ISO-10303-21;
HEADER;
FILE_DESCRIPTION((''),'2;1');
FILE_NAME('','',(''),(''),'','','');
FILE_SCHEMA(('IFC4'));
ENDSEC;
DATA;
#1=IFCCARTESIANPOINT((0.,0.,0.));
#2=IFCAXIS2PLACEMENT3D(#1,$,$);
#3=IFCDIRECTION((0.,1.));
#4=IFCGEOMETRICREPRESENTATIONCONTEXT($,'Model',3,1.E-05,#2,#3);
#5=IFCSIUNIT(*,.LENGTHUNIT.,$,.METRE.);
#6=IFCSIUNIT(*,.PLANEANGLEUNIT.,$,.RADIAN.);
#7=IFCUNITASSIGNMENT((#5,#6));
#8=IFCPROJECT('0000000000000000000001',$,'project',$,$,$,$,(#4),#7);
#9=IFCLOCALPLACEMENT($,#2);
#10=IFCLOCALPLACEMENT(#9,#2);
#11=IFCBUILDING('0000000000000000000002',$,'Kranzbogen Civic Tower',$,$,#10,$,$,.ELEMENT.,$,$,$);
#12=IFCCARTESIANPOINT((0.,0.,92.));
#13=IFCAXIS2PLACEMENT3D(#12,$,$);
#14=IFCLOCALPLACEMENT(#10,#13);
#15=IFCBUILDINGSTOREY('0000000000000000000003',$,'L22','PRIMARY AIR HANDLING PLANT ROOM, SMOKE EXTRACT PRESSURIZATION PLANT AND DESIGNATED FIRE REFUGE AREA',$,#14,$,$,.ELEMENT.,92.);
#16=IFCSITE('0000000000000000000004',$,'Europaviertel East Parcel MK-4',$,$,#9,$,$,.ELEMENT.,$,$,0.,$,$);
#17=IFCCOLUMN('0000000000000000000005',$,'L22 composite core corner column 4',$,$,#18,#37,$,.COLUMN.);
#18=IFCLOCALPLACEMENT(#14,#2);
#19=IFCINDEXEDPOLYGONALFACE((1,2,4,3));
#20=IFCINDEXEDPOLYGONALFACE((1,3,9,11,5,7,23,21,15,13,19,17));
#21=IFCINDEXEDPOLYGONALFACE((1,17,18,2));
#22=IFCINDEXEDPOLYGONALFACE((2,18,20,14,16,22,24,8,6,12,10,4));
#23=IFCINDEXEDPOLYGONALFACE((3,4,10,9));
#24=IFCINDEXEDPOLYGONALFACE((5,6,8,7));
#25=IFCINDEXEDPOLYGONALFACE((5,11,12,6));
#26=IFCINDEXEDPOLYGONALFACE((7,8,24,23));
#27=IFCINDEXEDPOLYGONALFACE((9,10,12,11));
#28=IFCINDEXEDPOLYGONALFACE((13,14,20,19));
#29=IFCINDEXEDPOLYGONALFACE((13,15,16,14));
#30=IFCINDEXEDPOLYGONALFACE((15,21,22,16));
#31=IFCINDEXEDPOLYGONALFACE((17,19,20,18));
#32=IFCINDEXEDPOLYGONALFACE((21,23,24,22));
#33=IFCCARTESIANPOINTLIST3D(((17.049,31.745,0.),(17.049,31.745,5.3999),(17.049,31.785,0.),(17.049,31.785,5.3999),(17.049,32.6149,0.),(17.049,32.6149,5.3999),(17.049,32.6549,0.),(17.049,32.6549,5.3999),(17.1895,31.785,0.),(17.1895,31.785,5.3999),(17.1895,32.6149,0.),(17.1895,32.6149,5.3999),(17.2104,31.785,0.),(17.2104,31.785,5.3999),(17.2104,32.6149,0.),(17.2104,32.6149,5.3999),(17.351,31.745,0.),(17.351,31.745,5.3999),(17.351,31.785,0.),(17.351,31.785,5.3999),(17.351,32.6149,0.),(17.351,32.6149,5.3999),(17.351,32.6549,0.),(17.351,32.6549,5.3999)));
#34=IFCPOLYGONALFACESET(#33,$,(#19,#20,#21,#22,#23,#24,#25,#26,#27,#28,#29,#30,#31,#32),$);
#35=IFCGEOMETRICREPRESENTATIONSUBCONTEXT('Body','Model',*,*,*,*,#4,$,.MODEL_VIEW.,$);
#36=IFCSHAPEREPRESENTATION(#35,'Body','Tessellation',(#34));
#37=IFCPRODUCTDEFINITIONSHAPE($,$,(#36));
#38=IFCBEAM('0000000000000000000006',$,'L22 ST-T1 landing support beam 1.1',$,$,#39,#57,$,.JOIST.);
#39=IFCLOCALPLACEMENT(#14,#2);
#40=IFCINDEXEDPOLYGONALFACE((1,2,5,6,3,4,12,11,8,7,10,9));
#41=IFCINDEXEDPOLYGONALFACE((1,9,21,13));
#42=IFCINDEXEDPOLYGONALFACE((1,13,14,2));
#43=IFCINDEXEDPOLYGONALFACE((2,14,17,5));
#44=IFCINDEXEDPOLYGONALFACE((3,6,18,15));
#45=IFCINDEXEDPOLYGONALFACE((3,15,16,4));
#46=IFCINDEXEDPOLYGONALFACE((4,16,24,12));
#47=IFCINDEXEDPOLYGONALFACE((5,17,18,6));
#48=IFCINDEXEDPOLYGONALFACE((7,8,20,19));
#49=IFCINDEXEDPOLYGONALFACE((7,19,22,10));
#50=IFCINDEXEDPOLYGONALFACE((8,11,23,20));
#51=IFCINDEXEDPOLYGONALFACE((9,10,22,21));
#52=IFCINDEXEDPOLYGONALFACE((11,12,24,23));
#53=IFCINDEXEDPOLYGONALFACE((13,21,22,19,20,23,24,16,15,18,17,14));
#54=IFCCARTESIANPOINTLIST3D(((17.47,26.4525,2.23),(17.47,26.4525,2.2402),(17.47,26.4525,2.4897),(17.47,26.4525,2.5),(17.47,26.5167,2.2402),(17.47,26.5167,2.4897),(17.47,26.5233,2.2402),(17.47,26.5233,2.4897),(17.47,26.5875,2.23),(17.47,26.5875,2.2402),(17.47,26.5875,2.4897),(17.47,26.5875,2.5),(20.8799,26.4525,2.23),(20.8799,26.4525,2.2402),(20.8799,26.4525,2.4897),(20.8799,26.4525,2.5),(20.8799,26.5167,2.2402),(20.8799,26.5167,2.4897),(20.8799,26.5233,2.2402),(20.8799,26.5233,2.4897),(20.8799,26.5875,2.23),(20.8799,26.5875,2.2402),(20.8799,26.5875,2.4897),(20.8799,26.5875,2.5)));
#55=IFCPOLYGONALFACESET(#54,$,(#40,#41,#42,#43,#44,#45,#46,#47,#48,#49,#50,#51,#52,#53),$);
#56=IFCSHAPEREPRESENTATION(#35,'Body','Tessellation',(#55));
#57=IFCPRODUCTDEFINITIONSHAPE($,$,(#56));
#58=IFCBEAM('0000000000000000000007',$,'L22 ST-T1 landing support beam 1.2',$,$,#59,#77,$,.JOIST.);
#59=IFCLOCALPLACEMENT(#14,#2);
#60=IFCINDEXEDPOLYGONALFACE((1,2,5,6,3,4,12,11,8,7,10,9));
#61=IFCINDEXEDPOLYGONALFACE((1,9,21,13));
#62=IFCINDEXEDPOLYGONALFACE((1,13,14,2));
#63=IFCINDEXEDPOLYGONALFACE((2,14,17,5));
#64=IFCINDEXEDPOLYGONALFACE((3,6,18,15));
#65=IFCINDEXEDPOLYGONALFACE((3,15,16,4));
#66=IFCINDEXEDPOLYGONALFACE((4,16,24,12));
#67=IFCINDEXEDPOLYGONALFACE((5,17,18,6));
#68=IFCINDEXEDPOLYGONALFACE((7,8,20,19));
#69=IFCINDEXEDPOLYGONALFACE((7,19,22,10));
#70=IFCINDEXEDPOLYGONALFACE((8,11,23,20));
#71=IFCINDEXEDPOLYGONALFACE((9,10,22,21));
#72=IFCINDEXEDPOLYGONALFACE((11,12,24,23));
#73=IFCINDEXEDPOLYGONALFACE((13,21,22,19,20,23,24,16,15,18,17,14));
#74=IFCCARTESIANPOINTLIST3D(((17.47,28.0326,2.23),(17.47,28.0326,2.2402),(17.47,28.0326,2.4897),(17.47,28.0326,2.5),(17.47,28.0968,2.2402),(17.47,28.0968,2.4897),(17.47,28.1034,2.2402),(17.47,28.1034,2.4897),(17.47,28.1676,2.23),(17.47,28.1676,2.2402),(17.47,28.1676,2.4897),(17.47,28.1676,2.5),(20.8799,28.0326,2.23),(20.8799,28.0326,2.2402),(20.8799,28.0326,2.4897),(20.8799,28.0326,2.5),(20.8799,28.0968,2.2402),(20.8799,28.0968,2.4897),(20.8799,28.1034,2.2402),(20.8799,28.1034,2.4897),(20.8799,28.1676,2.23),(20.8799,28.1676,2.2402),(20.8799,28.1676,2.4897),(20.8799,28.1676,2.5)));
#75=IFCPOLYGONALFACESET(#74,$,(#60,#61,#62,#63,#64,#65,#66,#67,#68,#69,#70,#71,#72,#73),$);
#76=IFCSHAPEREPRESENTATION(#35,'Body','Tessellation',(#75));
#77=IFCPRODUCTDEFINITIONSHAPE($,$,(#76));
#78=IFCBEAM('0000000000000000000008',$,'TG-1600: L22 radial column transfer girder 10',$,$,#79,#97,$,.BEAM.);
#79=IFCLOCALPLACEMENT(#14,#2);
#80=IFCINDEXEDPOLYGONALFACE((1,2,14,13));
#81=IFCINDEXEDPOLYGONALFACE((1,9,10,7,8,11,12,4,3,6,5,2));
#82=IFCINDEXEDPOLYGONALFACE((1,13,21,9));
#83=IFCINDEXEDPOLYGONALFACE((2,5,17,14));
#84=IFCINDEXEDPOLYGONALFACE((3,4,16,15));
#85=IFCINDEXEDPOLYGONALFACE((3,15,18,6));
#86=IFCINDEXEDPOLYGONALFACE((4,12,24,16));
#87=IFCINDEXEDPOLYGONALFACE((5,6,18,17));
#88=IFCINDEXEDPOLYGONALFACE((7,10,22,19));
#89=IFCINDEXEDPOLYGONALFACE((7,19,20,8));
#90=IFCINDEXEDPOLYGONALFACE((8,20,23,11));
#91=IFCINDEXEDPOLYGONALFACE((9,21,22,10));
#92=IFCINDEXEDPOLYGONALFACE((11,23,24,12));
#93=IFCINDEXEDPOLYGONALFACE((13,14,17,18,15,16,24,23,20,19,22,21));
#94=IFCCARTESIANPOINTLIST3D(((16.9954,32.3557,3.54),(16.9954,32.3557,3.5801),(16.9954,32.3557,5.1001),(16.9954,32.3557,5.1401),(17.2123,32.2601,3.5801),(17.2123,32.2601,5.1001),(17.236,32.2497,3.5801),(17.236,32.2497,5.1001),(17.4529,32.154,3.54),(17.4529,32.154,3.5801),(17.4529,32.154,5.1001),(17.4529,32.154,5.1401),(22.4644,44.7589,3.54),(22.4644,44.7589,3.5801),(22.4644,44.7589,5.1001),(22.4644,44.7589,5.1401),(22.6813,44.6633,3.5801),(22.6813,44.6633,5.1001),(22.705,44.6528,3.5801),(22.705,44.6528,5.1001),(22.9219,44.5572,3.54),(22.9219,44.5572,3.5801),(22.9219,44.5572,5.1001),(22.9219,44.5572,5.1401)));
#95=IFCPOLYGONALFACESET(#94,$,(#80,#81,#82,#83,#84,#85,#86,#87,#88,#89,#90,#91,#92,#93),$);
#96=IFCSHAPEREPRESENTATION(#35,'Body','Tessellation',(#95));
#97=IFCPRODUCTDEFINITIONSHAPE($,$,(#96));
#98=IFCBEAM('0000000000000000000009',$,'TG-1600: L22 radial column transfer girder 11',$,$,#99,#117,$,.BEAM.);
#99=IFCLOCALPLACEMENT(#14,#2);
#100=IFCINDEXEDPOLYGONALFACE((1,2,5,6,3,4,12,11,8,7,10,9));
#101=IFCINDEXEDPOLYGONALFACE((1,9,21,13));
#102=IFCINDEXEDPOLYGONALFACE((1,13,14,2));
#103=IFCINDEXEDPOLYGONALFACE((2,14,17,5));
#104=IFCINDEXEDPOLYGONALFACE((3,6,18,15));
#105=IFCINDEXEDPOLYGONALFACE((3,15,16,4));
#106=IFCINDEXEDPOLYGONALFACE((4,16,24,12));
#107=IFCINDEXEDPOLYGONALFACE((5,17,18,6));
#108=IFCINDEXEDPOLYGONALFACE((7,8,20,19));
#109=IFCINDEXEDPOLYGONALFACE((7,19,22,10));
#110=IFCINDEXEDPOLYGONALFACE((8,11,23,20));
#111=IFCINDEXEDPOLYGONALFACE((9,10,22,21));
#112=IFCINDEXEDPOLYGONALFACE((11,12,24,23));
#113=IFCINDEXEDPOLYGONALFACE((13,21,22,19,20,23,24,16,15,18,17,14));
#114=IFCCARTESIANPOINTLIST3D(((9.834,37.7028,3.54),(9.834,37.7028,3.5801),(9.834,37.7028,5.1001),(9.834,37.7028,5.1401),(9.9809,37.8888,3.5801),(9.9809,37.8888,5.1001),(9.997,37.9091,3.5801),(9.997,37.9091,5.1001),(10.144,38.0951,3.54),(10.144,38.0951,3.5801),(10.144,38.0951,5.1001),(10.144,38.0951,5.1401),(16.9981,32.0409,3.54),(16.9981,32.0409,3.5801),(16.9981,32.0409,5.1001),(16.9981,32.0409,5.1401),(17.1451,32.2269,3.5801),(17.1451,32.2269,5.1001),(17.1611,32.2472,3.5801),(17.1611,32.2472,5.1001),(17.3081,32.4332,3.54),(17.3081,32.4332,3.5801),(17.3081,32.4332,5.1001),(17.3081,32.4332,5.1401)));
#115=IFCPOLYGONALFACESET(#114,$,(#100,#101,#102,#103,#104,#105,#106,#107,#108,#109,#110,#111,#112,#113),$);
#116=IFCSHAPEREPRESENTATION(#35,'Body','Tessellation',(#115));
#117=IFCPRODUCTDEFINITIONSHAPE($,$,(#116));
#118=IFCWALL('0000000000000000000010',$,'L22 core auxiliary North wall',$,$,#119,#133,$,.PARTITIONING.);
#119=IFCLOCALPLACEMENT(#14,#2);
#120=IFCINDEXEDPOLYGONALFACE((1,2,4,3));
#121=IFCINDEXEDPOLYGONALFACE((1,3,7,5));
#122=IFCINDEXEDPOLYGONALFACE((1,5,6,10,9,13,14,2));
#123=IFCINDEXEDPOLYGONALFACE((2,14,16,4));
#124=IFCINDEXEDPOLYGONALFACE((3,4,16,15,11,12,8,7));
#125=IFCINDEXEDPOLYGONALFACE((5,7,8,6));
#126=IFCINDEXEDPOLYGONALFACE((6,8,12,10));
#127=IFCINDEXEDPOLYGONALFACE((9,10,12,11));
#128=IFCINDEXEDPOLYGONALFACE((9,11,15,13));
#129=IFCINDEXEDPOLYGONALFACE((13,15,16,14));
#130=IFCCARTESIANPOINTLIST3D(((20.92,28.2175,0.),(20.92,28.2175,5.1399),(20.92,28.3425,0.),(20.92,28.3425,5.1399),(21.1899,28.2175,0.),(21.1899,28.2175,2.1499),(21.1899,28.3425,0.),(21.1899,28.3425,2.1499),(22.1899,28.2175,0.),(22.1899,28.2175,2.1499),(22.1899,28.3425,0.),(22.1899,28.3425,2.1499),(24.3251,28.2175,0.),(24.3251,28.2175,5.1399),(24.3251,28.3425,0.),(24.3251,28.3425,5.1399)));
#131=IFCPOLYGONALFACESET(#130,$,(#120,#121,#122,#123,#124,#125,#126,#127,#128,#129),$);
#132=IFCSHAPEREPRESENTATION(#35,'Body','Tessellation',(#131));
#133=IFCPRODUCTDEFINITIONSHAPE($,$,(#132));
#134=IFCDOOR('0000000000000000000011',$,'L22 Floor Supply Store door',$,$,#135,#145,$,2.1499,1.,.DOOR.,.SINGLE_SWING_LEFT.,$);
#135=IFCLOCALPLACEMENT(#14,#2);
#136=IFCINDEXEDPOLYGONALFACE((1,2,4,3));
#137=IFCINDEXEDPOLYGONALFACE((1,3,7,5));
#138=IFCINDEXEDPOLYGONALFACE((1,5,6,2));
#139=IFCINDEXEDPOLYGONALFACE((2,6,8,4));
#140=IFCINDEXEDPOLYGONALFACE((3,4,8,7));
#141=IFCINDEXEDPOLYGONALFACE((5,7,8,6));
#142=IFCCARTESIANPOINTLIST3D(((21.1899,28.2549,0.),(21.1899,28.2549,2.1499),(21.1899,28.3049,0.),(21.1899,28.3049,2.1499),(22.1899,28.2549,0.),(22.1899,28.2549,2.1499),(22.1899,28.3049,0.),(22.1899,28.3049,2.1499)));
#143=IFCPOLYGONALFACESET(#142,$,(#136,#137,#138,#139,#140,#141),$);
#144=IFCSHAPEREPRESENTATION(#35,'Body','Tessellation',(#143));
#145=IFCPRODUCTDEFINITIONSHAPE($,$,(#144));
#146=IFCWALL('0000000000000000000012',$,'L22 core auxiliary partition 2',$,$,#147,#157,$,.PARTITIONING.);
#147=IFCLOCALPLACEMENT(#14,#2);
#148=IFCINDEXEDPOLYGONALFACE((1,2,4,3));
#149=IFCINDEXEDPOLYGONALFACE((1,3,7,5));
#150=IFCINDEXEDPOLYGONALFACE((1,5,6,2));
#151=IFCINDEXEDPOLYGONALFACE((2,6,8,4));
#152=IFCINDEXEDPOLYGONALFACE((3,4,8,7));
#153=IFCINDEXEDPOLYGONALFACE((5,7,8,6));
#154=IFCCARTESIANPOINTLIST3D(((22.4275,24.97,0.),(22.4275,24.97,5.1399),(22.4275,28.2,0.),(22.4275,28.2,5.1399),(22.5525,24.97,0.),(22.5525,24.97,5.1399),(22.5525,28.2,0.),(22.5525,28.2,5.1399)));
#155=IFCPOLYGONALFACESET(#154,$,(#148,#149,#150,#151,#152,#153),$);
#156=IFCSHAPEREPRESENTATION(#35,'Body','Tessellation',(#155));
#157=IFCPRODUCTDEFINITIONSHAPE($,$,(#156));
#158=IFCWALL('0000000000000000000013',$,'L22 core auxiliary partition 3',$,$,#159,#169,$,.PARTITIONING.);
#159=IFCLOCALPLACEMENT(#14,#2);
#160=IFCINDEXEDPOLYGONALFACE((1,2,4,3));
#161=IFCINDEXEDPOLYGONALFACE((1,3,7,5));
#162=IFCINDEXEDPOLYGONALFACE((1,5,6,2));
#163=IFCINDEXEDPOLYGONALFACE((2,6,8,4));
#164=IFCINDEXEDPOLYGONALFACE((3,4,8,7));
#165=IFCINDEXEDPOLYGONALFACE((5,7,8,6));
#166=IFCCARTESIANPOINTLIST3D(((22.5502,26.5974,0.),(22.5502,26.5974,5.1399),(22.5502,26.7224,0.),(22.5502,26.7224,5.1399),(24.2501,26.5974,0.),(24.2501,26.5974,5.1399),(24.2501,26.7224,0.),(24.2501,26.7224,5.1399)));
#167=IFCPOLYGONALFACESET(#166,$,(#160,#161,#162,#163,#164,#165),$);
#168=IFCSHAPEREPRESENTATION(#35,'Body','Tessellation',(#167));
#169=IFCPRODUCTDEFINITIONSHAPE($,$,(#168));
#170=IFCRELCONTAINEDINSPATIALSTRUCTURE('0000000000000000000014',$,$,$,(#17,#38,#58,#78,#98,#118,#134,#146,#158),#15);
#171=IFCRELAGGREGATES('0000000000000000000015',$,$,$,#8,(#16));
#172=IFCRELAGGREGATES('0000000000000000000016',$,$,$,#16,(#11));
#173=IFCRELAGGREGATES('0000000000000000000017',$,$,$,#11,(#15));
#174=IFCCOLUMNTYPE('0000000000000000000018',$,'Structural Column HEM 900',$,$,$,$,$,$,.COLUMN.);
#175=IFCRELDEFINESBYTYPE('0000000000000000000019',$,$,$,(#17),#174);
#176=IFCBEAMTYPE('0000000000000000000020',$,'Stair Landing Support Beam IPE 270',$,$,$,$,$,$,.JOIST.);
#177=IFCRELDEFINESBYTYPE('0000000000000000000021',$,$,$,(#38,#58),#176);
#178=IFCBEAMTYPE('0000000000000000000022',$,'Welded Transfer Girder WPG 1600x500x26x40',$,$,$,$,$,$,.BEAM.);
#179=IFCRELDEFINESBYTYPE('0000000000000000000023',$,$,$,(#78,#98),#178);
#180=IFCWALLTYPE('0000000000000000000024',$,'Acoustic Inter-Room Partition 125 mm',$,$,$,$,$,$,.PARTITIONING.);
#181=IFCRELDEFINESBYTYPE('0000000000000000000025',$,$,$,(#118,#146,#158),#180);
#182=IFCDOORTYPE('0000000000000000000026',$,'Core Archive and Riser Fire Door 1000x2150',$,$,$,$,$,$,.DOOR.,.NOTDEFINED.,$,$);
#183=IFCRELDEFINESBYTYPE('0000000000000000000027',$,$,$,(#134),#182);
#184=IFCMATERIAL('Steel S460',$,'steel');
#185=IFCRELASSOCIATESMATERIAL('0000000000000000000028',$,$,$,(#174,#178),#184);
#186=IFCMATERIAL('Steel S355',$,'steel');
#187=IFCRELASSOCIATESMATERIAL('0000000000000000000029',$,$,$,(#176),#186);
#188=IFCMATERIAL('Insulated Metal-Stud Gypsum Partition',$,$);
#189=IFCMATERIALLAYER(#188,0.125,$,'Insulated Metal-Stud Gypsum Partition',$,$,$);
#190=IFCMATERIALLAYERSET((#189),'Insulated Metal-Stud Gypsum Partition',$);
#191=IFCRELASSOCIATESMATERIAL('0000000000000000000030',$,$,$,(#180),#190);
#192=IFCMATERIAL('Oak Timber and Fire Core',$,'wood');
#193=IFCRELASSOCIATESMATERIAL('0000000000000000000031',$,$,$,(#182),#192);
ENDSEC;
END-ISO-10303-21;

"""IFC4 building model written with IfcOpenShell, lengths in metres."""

from ifc_helpers import new_model, si_unit, direction, frame, frame_2d, origin, origin_2d, place, context, subcontext, project, spatial, rectangle, i_section, extrude, material, layer, layer_set, material_profile, profile_set, type_object, element, fill, save


model = new_model("IFC4")

# Units and contexts
model_context = context("Model", 3, precision=1e-05, world=origin(), true_north=direction((0.0, 1.0)))
body_context = subcontext(model_context, "Body", "Model", "MODEL_VIEW")
ifc_project = project(units=[si_unit("LENGTHUNIT", "METRE"), si_unit("PLANEANGLEUNIT", "RADIAN")], contexts=[model_context])

# Site, building, storey
site_placement = place(None, origin())
site = spatial("IfcSite", under=ifc_project, at=site_placement, Name="Europaviertel East Parcel MK-4", CompositionType="ELEMENT", RefElevation=0.0)
building_placement = place(site_placement, origin())
building = spatial("IfcBuilding", under=site, at=building_placement, Name="Kranzbogen Civic Tower", CompositionType="ELEMENT")
storey_placement = place(building_placement, frame((0.0, 0.0, 92.0)))
storey = spatial("IfcBuildingStorey", under=building, at=storey_placement, Name="L22", Description="PRIMARY AIR HANDLING PLANT ROOM, SMOKE EXTRACT PRESSURIZATION PLANT AND DESIGNATED FIRE REFUGE AREA", CompositionType="ELEMENT", Elevation=92.0)

# Column
ifc_material_1 = material(Name="Steel S460", Category="steel")
ifc_material_profile_1 = material_profile(ifc_material_1, i_section(OverallWidth=0.302, OverallDepth=0.9099, WebThickness=0.021, FlangeThickness=0.04, at=origin_2d()), Name="HEM 900")
ifc_profile_set_1 = profile_set([ifc_material_profile_1], Name="Steel S460")
column_type = type_object("IfcColumnType", Name="Structural Column HEM 900", PredefinedType="COLUMN", material=ifc_profile_set_1)
column_placement = place(storey_placement, frame((17.2, 32.2, 0.0), z_axis=(0.0, 0.0, 1.0), x_axis=(1.0, 0.0, 0.0)))
element("IfcColumn", 1, at=column_placement, inside=storey, type_object=column_type, Name="L22 composite core corner column 4", PredefinedType="COLUMN", context=body_context, shape_type="SweptSolid", body=[
    extrude(i_section(OverallWidth=0.302, OverallDepth=0.9099, WebThickness=0.021, FlangeThickness=0.04, at=origin_2d()), origin(), (0.0, 0.0, 1.0), 5.3999),
])

# Beams
ifc_material_2 = material(Name="Steel S355", Category="steel")
ifc_material_profile_2 = material_profile(ifc_material_2, i_section(OverallWidth=0.135, OverallDepth=0.27, WebThickness=0.0066, FlangeThickness=0.0103, at=origin_2d()), Name="IPE 270")
ifc_profile_set_2 = profile_set([ifc_material_profile_2], Name="Steel S355")
beam_type_1 = type_object("IfcBeamType", Name="Stair Landing Support Beam IPE 270", PredefinedType="JOIST", material=ifc_profile_set_2)
for number, where, z_axis, x_axis, name in (
    (2, (20.8799, 26.52, 2.365), (-1.0, 0.0, 0.0), (0.0, -1.0, 0.0), "L22 ST-T1 landing support beam 1.1"),
    (3, (20.8799, 28.1001, 2.365), (-1.0, 0.0, 0.0), (0.0, -1.0, 0.0), "L22 ST-T1 landing support beam 1.2"),
):
    element("IfcBeam", number, at=place(storey_placement, frame(where, z_axis=z_axis, x_axis=x_axis)), inside=storey, type_object=beam_type_1, Name=name, PredefinedType="JOIST", context=body_context, shape_type="SweptSolid", body=[
        extrude(i_section(OverallWidth=0.135, OverallDepth=0.27, WebThickness=0.0066, FlangeThickness=0.0103, at=origin_2d()), origin(), (0.0, 0.0, 1.0), 3.4099),
    ])
ifc_material_profile_3 = material_profile(ifc_material_1, i_section(OverallWidth=0.5, OverallDepth=1.6001, WebThickness=0.0259, FlangeThickness=0.04, at=origin_2d()), Name="WPG 1600x500x26x40")
ifc_profile_set_3 = profile_set([ifc_material_profile_3], Name="Steel S460")
beam_type_2 = type_object("IfcBeamType", Name="Welded Transfer Girder WPG 1600x500x26x40", PredefinedType="BEAM", material=ifc_profile_set_3)
beam_1_placement = place(storey_placement, frame((17.2241, 32.2549, 4.3401), z_axis=(0.403458, 0.914998, 0.0), x_axis=(-0.914998, 0.403458, 0.0)))
element("IfcBeam", 4, at=beam_1_placement, inside=storey, type_object=beam_type_2, Name="TG-1600: L22 radial column transfer girder 10", PredefinedType="BEAM", context=body_context, shape_type="SweptSolid", body=[
    extrude(i_section(OverallWidth=0.5, OverallDepth=1.6001, WebThickness=0.0259, FlangeThickness=0.04, at=origin_2d()), origin(), (0.0, 0.0, 1.0), 13.5554),
])
beam_2_placement = place(storey_placement, frame((17.1531, 32.2371, 4.3401), z_axis=(-0.784562, 0.620051, 0.0), x_axis=(-0.620051, -0.784562, 0.0)))
element("IfcBeam", 5, at=beam_2_placement, inside=storey, type_object=beam_type_2, Name="TG-1600: L22 radial column transfer girder 11", PredefinedType="BEAM", context=body_context, shape_type="SweptSolid", body=[
    extrude(i_section(OverallWidth=0.5, OverallDepth=1.6001, WebThickness=0.0259, FlangeThickness=0.04, at=origin_2d()), origin(), (0.0, 0.0, 1.0), 9.1313),
])

# Wall, opening, door
ifc_material_3 = material(Name="Insulated Metal-Stud Gypsum Partition")
ifc_layer_1 = layer(ifc_material_3, 0.125, Name="Insulated Metal-Stud Gypsum Partition")
ifc_layer_set_1 = layer_set([ifc_layer_1], Name="Insulated Metal-Stud Gypsum Partition")
wall_type_1 = type_object("IfcWallType", Name="Acoustic Inter-Room Partition 125 mm", PredefinedType="PARTITIONING", material=ifc_layer_set_1)
wall_1_placement = place(storey_placement, frame((20.9199, 28.28, 0.0), z_axis=(0.0, 0.0, 1.0), x_axis=(1.0, 0.0, 0.0)))
wall_1 = element("IfcWall", 6, at=wall_1_placement, inside=storey, type_object=wall_type_1, Name="L22 core auxiliary North wall", PredefinedType="PARTITIONING", context=body_context, shape_type="SweptSolid", body=[
    extrude(rectangle(XDim=3.405, YDim=0.125, at=frame_2d((1.7026, 0.0))), origin(), (0.0, 0.0, 1.0), 5.1399),
])
opening_1_placement = place(wall_1_placement, frame((0.27, 0.0, 0.0)))
opening_1 = element("IfcOpeningElement", 7, at=opening_1_placement, cuts=wall_1, PredefinedType="OPENING", context=body_context, shape_type="SweptSolid", body=[
    extrude(rectangle(XDim=1.0, YDim=2.1499, at=frame_2d((0.5, 1.075))), frame((0.0, 0.0725, 0.0), z_axis=(0.0, -1.0, 0.0), x_axis=(1.0, 0.0, 0.0)), (0.0, 0.0, 1.0), 0.145),
])
ifc_material_4 = material(Name="Oak Timber and Fire Core", Category="wood")
door_type_1 = type_object("IfcDoorType", Name="Core Archive and Riser Fire Door 1000x2150", OperationType="NOTDEFINED", PredefinedType="DOOR", material=ifc_material_4)
door_1_placement = place(opening_1_placement, origin())
door_1 = element("IfcDoor", 8, at=door_1_placement, inside=storey, type_object=door_type_1, Name="L22 Floor Supply Store door", OperationType="SINGLE_SWING_LEFT", OverallHeight=2.1499, OverallWidth=1.0, PredefinedType="DOOR", context=body_context, shape_type="SweptSolid", body=[
    extrude(rectangle(XDim=1.0, YDim=2.1499, at=frame_2d((0.5, 1.075))), frame((0.0, 0.0249, 0.0), z_axis=(0.0, -1.0, 0.0), x_axis=(1.0, 0.0, 0.0)), (0.0, 0.0, 1.0), 0.05),
])
fill(opening_1, door_1)

# Walls
wall_2_placement = place(storey_placement, frame((22.49, 24.97, 0.0), z_axis=(0.0, 0.0, 1.0), x_axis=(0.0, 1.0, 0.0)))
element("IfcWall", 9, at=wall_2_placement, inside=storey, type_object=wall_type_1, Name="L22 core auxiliary partition 2", PredefinedType="PARTITIONING", context=body_context, shape_type="SweptSolid", body=[
    extrude(rectangle(XDim=3.23, YDim=0.125, at=frame_2d((1.615, 0.0))), origin(), (0.0, 0.0, 1.0), 5.1399),
])
wall_3_placement = place(storey_placement, frame((22.55, 26.6599, 0.0), z_axis=(0.0, 0.0, 1.0), x_axis=(1.0, 0.0, 0.0)))
element("IfcWall", 10, at=wall_3_placement, inside=storey, type_object=wall_type_1, Name="L22 core auxiliary partition 3", PredefinedType="PARTITIONING", context=body_context, shape_type="SweptSolid", body=[
    extrude(rectangle(XDim=1.7, YDim=0.125, at=frame_2d((0.8501, 0.0))), origin(), (0.0, 0.0, 1.0), 5.1399),
])

save(model, "model.ifc")
